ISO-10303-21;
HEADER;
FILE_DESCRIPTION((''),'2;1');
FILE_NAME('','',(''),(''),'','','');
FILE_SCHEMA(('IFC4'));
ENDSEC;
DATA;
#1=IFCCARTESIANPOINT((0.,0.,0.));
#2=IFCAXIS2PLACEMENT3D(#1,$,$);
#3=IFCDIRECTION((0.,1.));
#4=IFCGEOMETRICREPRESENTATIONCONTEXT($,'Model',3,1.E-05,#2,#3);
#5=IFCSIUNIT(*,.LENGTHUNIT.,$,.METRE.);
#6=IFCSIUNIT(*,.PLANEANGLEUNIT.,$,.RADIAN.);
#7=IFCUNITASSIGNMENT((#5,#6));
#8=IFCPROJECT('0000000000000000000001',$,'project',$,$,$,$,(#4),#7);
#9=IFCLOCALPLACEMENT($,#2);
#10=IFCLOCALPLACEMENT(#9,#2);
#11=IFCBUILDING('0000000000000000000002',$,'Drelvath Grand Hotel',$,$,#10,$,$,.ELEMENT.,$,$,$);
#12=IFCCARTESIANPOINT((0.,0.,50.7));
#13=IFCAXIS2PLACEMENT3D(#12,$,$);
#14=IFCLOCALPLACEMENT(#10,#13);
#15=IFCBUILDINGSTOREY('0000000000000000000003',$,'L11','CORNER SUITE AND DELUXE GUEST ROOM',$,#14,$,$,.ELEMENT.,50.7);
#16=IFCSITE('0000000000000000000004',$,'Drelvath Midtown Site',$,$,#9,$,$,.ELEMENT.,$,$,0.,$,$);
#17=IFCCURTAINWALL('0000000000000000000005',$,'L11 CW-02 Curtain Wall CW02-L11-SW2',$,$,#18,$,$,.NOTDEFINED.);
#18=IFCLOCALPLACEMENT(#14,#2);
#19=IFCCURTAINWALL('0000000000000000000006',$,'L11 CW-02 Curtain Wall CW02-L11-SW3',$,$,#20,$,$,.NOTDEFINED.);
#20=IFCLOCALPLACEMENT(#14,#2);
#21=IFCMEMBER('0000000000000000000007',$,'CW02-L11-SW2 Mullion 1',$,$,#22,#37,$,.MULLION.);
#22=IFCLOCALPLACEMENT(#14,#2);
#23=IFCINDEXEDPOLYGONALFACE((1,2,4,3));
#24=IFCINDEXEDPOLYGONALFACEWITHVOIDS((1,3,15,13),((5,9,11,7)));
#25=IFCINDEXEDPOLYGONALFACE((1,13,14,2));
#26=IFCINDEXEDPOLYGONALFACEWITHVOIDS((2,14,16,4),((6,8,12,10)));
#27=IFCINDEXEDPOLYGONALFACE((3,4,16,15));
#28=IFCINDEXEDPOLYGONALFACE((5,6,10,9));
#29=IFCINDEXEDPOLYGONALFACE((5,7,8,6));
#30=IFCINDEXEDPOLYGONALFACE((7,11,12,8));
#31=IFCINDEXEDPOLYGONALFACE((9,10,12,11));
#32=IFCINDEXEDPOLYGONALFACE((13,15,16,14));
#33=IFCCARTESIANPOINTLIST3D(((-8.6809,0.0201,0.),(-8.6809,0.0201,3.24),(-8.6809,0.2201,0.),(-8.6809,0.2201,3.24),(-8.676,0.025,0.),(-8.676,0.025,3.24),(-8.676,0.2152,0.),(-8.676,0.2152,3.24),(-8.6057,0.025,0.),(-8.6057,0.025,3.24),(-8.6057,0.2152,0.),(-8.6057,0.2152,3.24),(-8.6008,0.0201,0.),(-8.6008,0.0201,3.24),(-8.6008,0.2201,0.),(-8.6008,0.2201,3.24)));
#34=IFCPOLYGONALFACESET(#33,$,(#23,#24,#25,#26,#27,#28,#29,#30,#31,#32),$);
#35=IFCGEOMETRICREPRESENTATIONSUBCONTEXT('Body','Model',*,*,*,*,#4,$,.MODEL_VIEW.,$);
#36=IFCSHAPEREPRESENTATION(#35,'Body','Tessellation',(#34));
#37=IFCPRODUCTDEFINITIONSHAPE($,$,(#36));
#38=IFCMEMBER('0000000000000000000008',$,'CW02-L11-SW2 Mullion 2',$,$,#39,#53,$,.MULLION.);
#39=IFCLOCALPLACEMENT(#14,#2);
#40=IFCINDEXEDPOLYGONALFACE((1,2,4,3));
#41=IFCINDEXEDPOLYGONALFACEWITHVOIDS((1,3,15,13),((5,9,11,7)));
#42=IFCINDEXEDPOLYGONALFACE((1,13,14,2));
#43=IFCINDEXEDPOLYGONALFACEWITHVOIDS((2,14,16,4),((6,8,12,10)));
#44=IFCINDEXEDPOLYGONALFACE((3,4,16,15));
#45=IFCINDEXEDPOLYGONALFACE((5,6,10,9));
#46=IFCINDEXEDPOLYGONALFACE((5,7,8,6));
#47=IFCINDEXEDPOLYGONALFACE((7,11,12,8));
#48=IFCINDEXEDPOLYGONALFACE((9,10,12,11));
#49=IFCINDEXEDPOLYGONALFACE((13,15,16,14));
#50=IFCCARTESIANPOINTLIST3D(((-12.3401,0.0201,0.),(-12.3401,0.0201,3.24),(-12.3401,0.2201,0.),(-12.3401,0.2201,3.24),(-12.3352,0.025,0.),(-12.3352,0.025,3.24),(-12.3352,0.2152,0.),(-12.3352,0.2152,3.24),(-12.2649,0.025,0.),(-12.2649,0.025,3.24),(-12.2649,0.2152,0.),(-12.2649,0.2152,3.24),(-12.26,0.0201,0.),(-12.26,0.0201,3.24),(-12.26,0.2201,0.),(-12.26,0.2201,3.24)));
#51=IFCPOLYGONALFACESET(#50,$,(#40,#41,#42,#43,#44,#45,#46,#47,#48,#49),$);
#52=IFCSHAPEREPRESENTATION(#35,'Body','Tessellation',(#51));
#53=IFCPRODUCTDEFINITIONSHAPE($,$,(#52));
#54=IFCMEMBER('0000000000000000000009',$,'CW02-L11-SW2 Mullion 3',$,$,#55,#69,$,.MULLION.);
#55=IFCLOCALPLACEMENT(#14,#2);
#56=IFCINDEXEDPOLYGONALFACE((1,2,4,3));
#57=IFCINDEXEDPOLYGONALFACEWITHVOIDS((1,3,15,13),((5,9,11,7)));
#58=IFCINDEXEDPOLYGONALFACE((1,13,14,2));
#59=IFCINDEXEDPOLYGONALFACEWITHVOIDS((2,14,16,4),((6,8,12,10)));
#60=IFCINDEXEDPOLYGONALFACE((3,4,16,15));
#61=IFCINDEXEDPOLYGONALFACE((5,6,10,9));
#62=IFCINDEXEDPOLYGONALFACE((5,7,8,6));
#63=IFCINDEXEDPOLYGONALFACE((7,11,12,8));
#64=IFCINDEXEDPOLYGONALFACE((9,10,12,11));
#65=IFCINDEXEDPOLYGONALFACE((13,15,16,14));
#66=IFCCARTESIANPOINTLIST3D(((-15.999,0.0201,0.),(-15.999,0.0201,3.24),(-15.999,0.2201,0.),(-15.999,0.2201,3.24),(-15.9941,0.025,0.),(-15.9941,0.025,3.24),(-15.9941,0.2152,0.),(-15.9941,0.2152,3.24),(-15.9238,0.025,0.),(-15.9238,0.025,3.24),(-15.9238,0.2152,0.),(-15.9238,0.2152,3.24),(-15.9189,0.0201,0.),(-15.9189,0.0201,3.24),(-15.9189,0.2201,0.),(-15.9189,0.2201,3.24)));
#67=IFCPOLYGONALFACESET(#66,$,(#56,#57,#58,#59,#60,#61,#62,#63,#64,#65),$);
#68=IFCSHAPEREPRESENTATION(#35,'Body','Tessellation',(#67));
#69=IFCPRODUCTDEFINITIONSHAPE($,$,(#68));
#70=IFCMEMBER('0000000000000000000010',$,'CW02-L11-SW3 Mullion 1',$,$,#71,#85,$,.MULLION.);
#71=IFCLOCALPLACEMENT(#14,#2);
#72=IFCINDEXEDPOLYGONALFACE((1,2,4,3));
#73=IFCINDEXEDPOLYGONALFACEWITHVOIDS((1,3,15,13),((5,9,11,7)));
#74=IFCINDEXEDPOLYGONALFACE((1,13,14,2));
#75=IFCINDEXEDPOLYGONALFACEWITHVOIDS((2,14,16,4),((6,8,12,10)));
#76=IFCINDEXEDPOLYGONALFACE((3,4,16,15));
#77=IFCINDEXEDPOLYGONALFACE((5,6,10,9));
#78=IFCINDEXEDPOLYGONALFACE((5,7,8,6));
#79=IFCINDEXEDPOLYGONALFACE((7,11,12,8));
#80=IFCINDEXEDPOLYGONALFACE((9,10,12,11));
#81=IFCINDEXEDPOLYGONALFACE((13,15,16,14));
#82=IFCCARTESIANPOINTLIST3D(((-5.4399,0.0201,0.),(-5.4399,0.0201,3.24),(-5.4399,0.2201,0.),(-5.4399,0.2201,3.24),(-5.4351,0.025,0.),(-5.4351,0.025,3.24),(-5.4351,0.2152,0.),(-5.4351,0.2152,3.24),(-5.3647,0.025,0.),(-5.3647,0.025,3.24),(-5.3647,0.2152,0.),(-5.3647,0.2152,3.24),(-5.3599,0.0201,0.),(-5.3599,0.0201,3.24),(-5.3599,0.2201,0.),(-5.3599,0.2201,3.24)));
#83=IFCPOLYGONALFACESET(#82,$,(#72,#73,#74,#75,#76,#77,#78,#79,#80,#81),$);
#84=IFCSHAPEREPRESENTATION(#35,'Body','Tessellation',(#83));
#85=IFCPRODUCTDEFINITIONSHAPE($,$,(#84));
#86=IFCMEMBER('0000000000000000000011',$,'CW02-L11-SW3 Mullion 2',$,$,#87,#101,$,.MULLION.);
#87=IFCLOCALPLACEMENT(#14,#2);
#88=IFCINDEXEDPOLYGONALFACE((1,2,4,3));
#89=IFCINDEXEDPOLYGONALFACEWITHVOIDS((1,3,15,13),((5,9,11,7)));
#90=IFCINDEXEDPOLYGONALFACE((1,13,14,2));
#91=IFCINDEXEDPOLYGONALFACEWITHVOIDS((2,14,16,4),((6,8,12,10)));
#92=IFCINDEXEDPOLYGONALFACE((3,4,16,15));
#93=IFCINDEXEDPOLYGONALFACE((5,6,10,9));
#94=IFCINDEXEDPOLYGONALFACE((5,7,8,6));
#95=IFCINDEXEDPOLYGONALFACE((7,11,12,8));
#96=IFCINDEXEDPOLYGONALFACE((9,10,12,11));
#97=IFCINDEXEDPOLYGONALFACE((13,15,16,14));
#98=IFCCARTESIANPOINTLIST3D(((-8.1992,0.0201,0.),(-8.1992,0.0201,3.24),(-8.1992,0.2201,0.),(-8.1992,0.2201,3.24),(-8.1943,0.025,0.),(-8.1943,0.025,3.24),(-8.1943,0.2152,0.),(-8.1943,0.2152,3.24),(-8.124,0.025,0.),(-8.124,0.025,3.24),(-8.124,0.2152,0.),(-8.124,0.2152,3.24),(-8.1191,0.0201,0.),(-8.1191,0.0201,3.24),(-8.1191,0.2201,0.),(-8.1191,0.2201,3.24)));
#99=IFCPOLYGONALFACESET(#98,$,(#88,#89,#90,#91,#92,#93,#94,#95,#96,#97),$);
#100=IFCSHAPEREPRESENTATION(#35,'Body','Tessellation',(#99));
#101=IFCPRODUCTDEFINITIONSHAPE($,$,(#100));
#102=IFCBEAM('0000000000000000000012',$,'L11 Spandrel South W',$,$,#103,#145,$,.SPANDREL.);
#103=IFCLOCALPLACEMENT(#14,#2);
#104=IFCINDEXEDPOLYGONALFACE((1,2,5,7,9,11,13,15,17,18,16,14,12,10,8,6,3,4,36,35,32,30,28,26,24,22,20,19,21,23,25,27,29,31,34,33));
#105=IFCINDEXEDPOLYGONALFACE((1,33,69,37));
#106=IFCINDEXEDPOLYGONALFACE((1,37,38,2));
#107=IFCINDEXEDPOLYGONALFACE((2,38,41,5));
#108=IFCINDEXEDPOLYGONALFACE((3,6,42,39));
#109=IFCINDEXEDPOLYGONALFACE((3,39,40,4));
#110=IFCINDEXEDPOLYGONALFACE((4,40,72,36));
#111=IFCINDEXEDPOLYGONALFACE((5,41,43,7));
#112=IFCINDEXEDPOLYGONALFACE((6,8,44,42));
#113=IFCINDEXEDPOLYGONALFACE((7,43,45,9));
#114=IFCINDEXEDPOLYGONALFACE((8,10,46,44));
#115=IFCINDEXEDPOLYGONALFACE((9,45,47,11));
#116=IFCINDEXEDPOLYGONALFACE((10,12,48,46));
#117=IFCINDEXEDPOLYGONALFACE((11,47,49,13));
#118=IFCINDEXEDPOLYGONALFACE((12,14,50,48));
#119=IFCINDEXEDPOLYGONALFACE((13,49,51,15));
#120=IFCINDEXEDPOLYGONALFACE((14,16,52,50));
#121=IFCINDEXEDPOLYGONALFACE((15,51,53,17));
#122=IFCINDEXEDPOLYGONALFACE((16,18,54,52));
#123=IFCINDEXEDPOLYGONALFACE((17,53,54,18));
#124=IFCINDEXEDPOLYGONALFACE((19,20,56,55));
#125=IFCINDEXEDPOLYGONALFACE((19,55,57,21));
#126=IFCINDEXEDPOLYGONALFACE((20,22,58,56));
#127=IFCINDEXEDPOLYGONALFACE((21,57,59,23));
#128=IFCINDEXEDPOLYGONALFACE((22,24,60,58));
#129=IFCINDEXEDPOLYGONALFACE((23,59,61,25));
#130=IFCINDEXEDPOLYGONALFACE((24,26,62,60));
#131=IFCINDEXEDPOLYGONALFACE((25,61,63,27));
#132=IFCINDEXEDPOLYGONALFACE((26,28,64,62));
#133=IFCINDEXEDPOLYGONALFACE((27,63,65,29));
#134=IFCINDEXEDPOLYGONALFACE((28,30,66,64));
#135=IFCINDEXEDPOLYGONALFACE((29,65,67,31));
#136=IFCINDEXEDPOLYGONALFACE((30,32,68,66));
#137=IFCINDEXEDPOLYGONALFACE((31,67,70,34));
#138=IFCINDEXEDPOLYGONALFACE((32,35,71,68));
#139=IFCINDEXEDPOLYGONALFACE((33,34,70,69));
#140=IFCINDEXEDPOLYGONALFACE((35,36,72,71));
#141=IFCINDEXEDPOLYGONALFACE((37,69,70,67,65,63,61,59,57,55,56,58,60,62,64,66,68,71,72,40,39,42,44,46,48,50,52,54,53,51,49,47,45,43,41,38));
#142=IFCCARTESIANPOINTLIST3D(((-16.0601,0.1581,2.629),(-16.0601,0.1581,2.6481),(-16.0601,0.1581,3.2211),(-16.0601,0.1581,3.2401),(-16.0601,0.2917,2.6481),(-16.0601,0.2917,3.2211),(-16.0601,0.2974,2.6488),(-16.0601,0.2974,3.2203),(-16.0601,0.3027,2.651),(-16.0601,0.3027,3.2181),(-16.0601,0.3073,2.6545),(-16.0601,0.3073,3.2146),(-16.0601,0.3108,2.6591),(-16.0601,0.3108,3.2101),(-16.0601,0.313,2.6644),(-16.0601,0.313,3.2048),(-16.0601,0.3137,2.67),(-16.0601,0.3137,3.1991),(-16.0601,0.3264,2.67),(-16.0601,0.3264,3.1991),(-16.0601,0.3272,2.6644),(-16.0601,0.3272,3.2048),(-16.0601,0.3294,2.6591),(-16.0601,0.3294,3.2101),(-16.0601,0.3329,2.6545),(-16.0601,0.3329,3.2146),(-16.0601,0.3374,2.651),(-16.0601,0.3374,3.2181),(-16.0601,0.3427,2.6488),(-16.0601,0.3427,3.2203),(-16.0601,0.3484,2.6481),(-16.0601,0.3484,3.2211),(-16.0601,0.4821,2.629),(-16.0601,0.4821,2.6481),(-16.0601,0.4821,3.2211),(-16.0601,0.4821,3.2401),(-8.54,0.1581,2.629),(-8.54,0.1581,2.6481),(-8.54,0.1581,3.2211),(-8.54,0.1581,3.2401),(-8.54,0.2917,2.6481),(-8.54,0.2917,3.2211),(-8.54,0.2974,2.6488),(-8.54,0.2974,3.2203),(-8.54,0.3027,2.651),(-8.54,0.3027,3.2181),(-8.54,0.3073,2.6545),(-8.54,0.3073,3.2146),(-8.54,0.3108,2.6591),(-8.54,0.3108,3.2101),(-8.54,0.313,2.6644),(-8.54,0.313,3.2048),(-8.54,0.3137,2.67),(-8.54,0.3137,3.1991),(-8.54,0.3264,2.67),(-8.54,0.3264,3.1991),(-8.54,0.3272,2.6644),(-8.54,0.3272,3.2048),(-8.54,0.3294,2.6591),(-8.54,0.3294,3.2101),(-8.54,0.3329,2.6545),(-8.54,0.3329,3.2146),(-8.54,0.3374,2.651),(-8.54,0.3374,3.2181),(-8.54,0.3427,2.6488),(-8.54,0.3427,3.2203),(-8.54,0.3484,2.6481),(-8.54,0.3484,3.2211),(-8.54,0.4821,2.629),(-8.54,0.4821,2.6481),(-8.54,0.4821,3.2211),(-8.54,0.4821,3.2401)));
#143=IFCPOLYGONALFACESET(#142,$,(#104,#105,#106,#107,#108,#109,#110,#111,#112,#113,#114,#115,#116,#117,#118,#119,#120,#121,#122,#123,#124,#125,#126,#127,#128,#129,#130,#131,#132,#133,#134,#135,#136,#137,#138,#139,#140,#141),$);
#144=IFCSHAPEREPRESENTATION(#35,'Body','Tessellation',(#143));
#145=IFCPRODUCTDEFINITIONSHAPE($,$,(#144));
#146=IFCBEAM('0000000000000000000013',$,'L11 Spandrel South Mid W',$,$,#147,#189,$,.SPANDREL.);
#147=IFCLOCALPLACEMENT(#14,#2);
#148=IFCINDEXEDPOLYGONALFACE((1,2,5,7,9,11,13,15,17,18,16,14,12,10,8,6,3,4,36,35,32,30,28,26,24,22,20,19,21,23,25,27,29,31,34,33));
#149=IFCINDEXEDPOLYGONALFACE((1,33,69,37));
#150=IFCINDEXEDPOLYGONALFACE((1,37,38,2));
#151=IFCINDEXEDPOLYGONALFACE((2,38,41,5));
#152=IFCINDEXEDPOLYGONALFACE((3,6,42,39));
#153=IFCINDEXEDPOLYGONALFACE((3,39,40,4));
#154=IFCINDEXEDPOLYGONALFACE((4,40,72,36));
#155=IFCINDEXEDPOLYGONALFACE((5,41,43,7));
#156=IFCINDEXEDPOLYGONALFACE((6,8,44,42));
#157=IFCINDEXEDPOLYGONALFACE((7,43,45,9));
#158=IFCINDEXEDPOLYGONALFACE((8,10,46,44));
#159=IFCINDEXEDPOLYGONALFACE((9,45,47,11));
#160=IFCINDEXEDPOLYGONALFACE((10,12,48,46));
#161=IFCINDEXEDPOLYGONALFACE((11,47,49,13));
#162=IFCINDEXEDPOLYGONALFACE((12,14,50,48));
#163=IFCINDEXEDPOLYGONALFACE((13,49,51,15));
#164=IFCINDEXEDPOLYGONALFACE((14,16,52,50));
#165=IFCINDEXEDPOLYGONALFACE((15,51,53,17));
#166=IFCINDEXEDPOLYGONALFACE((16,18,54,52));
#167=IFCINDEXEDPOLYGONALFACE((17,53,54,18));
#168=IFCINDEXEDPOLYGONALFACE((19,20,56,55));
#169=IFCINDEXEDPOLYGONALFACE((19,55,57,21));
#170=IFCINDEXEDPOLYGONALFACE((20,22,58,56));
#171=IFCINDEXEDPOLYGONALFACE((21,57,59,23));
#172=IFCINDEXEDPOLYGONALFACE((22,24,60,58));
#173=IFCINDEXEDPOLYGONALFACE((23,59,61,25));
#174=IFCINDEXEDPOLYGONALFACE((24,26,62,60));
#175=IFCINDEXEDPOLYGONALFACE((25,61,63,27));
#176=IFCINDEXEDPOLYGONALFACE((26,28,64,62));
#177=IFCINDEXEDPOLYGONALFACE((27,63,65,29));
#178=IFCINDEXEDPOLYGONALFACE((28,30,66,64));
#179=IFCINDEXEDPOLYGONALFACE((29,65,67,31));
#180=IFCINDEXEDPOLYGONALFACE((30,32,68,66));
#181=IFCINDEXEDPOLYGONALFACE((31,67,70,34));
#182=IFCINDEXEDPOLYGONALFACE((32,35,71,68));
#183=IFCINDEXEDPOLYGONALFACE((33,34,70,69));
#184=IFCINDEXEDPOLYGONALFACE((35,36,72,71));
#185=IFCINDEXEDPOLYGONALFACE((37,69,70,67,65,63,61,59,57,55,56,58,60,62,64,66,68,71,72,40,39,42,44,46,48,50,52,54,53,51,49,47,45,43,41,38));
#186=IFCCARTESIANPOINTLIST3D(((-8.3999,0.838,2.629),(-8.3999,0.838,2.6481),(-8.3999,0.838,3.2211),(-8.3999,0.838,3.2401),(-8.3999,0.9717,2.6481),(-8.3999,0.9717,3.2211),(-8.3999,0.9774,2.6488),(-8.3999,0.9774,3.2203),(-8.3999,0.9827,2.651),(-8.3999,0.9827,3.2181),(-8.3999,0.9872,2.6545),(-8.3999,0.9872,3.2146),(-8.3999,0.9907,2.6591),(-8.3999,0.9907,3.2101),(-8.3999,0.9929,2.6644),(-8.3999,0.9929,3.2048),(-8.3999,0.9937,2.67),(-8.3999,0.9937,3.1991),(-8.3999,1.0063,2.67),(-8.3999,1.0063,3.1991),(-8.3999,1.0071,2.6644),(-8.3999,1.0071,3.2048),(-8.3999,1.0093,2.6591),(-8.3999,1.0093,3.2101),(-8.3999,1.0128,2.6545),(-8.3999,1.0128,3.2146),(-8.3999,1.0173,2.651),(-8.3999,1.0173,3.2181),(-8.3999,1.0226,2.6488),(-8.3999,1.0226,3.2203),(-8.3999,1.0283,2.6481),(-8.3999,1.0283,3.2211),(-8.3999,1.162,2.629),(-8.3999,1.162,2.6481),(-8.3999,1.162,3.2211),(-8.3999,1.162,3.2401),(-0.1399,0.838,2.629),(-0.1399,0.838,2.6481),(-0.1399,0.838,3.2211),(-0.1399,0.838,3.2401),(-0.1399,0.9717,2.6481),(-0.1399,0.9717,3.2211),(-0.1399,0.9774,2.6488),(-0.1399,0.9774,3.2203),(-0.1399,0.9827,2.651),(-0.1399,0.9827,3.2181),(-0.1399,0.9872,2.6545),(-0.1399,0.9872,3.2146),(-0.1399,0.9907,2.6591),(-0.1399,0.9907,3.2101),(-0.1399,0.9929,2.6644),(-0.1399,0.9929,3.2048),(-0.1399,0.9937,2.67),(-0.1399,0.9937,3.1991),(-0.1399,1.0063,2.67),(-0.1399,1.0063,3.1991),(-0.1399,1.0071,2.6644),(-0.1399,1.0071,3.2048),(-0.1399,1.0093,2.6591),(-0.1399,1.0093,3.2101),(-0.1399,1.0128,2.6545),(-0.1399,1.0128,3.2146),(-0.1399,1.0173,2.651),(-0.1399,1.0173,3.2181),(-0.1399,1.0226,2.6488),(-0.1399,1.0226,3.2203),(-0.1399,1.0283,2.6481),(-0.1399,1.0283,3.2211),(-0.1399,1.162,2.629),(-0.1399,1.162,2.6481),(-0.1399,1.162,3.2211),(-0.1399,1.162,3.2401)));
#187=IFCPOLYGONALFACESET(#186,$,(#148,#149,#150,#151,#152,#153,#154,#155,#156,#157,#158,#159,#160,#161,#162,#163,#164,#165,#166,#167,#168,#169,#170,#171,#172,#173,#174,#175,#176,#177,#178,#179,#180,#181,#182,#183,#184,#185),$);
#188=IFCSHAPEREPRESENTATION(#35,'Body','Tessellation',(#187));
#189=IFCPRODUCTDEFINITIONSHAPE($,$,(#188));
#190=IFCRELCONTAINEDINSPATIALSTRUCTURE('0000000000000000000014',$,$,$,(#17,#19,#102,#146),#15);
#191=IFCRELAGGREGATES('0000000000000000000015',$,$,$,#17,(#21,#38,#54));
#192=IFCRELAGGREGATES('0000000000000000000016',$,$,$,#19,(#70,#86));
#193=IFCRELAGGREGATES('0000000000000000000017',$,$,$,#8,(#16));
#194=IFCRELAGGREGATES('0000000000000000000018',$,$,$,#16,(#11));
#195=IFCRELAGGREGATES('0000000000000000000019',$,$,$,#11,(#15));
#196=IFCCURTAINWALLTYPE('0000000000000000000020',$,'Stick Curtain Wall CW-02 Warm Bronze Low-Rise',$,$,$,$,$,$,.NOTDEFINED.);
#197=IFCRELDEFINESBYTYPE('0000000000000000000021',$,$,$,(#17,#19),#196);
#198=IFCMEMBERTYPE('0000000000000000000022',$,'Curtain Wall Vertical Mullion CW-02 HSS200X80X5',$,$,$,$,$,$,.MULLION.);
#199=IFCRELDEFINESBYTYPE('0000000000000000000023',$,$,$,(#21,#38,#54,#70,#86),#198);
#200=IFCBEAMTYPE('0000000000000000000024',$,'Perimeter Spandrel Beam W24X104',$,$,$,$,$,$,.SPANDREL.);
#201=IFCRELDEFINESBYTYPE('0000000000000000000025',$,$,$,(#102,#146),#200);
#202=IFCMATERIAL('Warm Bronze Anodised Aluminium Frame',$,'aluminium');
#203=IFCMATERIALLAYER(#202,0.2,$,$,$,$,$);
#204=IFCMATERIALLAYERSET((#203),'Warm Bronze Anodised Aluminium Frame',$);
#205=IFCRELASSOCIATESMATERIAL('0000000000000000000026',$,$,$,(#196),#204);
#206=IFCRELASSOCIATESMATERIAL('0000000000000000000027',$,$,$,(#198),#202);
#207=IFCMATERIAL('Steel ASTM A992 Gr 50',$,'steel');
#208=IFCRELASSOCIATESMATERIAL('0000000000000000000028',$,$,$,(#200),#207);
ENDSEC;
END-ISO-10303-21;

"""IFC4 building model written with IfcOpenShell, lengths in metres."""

from ifc_helpers import new_model, si_unit, direction, frame, origin, origin_2d, place, context, subcontext, project, spatial, hollow_rectangle, i_section, extrude, material, layer, layer_set, material_profile, profile_set, type_object, element, aggregate, save


model = new_model("IFC4")

# Units and contexts
model_context = context("Model", 3, precision=1e-05, world=origin(), true_north=direction((0.0, 1.0)))
body_context = subcontext(model_context, "Body", "Model", "MODEL_VIEW")
ifc_project = project(units=[si_unit("LENGTHUNIT", "METRE"), si_unit("PLANEANGLEUNIT", "RADIAN")], contexts=[model_context])

# Site, building, storey
site_placement = place(None, origin())
site = spatial("IfcSite", under=ifc_project, at=site_placement, Name="Drelvath Midtown Site", CompositionType="ELEMENT", RefElevation=0.0)
building_placement = place(site_placement, origin())
building = spatial("IfcBuilding", under=site, at=building_placement, Name="Drelvath Grand Hotel", CompositionType="ELEMENT")
storey_placement = place(building_placement, frame((0.0, 0.0, 50.7)))
storey = spatial("IfcBuildingStorey", under=building, at=storey_placement, Name="L11", Description="CORNER SUITE AND DELUXE GUEST ROOM", CompositionType="ELEMENT", Elevation=50.7)

# Curtain walls
ifc_material_1 = material(Name="Warm Bronze Anodised Aluminium Frame", Category="aluminium")
ifc_layer_1 = layer(ifc_material_1, 0.2)
ifc_layer_set_1 = layer_set([ifc_layer_1], Name="Warm Bronze Anodised Aluminium Frame")
curtain_wall_type = type_object("IfcCurtainWallType", Name="Stick Curtain Wall CW-02 Warm Bronze Low-Rise", PredefinedType="NOTDEFINED", material=ifc_layer_set_1)
curtain_wall_1_placement = place(storey_placement, origin())
curtain_wall_1 = element("IfcCurtainWall", 1, at=curtain_wall_1_placement, inside=storey, type_object=curtain_wall_type, Name="L11 CW-02 Curtain Wall CW02-L11-SW2", PredefinedType="NOTDEFINED")
curtain_wall_2_placement = place(storey_placement, origin())
curtain_wall_2 = element("IfcCurtainWall", 2, at=curtain_wall_2_placement, inside=storey, type_object=curtain_wall_type, Name="L11 CW-02 Curtain Wall CW02-L11-SW3", PredefinedType="NOTDEFINED")

# Members
ifc_material_profile_1 = material_profile(ifc_material_1, hollow_rectangle(XDim=0.0801, YDim=0.2, WallThickness=0.0049, at=origin_2d()), Name="HSS200X80X5")
ifc_profile_set_1 = profile_set([ifc_material_profile_1], Name="Warm Bronze Anodised Aluminium Frame")
member_type_1 = type_object("IfcMemberType", Name="Curtain Wall Vertical Mullion CW-02 HSS200X80X5", PredefinedType="MULLION", material=ifc_profile_set_1)
member_1_placement = place(storey_placement, frame((-8.6409, 0.1201, 0.0), z_axis=(0.0, 0.0, 1.0), x_axis=(1.0, 0.0, 0.0)))
member_1 = element("IfcMember", 3, at=member_1_placement, type_object=member_type_1, Name="CW02-L11-SW2 Mullion 1", PredefinedType="MULLION", context=body_context, shape_type="SweptSolid", body=[
    extrude(hollow_rectangle(XDim=0.0801, YDim=0.2, WallThickness=0.0049, at=origin_2d()), origin(), (0.0, 0.0, 1.0), 3.24),
])
member_2_placement = place(storey_placement, frame((-12.3, 0.1201, 0.0), z_axis=(0.0, 0.0, 1.0), x_axis=(1.0, 0.0, 0.0)))
member_2 = element("IfcMember", 4, at=member_2_placement, type_object=member_type_1, Name="CW02-L11-SW2 Mullion 2", PredefinedType="MULLION", context=body_context, shape_type="SweptSolid", body=[
    extrude(hollow_rectangle(XDim=0.0801, YDim=0.2, WallThickness=0.0049, at=origin_2d()), origin(), (0.0, 0.0, 1.0), 3.24),
])
member_3_placement = place(storey_placement, frame((-15.959, 0.1201, 0.0), z_axis=(0.0, 0.0, 1.0), x_axis=(1.0, 0.0, 0.0)))
member_3 = element("IfcMember", 5, at=member_3_placement, type_object=member_type_1, Name="CW02-L11-SW2 Mullion 3", PredefinedType="MULLION", context=body_context, shape_type="SweptSolid", body=[
    extrude(hollow_rectangle(XDim=0.0801, YDim=0.2, WallThickness=0.0049, at=origin_2d()), origin(), (0.0, 0.0, 1.0), 3.24),
])
member_4_placement = place(storey_placement, frame((-5.3999, 0.1201, 0.0), z_axis=(0.0, 0.0, 1.0), x_axis=(1.0, 0.0, 0.0)))
member_4 = element("IfcMember", 6, at=member_4_placement, type_object=member_type_1, Name="CW02-L11-SW3 Mullion 1", PredefinedType="MULLION", context=body_context, shape_type="SweptSolid", body=[
    extrude(hollow_rectangle(XDim=0.0801, YDim=0.2, WallThickness=0.0049, at=origin_2d()), origin(), (0.0, 0.0, 1.0), 3.24),
])
member_5_placement = place(storey_placement, frame((-8.1592, 0.1201, 0.0), z_axis=(0.0, 0.0, 1.0), x_axis=(1.0, 0.0, 0.0)))
member_5 = element("IfcMember", 7, at=member_5_placement, type_object=member_type_1, Name="CW02-L11-SW3 Mullion 2", PredefinedType="MULLION", context=body_context, shape_type="SweptSolid", body=[
    extrude(hollow_rectangle(XDim=0.0801, YDim=0.2, WallThickness=0.0049, at=origin_2d()), origin(), (0.0, 0.0, 1.0), 3.24),
])

# Beams
ifc_material_2 = material(Name="Steel ASTM A992 Gr 50", Category="steel")
ifc_material_profile_2 = material_profile(ifc_material_2, i_section(OverallWidth=0.324, OverallDepth=0.6111, WebThickness=0.0127, FlangeThickness=0.019, FilletRadius=0.022, at=origin_2d()), Name="W24X104")
ifc_profile_set_2 = profile_set([ifc_material_profile_2], Name="Steel ASTM A992 Gr 50")
beam_type_1 = type_object("IfcBeamType", Name="Perimeter Spandrel Beam W24X104", PredefinedType="SPANDREL", material=ifc_profile_set_2)
beam_1_placement = place(storey_placement, frame((-16.0601, 0.3201, 2.9346), z_axis=(1.0, 0.0, 0.0), x_axis=(0.0, 1.0, 0.0)))
element("IfcBeam", 8, at=beam_1_placement, inside=storey, type_object=beam_type_1, Name="L11 Spandrel South W", PredefinedType="SPANDREL", context=body_context, shape_type="SweptSolid", body=[
    extrude(i_section(OverallWidth=0.324, OverallDepth=0.6111, WebThickness=0.0127, FlangeThickness=0.019, FilletRadius=0.022, at=origin_2d()), origin(), (0.0, 0.0, 1.0), 7.52),
])
beam_2_placement = place(storey_placement, frame((-8.3999, 1.0, 2.9346), z_axis=(1.0, 0.0, 0.0), x_axis=(0.0, 1.0, 0.0)))
element("IfcBeam", 9, at=beam_2_placement, inside=storey, type_object=beam_type_1, Name="L11 Spandrel South Mid W", PredefinedType="SPANDREL", context=body_context, shape_type="SweptSolid", body=[
    extrude(i_section(OverallWidth=0.324, OverallDepth=0.6111, WebThickness=0.0127, FlangeThickness=0.019, FilletRadius=0.022, at=origin_2d()), origin(), (0.0, 0.0, 1.0), 8.26),
])

aggregate(curtain_wall_1, [member_1, member_2, member_3])
aggregate(curtain_wall_2, [member_4, member_5])

save(model, "model.ifc")
